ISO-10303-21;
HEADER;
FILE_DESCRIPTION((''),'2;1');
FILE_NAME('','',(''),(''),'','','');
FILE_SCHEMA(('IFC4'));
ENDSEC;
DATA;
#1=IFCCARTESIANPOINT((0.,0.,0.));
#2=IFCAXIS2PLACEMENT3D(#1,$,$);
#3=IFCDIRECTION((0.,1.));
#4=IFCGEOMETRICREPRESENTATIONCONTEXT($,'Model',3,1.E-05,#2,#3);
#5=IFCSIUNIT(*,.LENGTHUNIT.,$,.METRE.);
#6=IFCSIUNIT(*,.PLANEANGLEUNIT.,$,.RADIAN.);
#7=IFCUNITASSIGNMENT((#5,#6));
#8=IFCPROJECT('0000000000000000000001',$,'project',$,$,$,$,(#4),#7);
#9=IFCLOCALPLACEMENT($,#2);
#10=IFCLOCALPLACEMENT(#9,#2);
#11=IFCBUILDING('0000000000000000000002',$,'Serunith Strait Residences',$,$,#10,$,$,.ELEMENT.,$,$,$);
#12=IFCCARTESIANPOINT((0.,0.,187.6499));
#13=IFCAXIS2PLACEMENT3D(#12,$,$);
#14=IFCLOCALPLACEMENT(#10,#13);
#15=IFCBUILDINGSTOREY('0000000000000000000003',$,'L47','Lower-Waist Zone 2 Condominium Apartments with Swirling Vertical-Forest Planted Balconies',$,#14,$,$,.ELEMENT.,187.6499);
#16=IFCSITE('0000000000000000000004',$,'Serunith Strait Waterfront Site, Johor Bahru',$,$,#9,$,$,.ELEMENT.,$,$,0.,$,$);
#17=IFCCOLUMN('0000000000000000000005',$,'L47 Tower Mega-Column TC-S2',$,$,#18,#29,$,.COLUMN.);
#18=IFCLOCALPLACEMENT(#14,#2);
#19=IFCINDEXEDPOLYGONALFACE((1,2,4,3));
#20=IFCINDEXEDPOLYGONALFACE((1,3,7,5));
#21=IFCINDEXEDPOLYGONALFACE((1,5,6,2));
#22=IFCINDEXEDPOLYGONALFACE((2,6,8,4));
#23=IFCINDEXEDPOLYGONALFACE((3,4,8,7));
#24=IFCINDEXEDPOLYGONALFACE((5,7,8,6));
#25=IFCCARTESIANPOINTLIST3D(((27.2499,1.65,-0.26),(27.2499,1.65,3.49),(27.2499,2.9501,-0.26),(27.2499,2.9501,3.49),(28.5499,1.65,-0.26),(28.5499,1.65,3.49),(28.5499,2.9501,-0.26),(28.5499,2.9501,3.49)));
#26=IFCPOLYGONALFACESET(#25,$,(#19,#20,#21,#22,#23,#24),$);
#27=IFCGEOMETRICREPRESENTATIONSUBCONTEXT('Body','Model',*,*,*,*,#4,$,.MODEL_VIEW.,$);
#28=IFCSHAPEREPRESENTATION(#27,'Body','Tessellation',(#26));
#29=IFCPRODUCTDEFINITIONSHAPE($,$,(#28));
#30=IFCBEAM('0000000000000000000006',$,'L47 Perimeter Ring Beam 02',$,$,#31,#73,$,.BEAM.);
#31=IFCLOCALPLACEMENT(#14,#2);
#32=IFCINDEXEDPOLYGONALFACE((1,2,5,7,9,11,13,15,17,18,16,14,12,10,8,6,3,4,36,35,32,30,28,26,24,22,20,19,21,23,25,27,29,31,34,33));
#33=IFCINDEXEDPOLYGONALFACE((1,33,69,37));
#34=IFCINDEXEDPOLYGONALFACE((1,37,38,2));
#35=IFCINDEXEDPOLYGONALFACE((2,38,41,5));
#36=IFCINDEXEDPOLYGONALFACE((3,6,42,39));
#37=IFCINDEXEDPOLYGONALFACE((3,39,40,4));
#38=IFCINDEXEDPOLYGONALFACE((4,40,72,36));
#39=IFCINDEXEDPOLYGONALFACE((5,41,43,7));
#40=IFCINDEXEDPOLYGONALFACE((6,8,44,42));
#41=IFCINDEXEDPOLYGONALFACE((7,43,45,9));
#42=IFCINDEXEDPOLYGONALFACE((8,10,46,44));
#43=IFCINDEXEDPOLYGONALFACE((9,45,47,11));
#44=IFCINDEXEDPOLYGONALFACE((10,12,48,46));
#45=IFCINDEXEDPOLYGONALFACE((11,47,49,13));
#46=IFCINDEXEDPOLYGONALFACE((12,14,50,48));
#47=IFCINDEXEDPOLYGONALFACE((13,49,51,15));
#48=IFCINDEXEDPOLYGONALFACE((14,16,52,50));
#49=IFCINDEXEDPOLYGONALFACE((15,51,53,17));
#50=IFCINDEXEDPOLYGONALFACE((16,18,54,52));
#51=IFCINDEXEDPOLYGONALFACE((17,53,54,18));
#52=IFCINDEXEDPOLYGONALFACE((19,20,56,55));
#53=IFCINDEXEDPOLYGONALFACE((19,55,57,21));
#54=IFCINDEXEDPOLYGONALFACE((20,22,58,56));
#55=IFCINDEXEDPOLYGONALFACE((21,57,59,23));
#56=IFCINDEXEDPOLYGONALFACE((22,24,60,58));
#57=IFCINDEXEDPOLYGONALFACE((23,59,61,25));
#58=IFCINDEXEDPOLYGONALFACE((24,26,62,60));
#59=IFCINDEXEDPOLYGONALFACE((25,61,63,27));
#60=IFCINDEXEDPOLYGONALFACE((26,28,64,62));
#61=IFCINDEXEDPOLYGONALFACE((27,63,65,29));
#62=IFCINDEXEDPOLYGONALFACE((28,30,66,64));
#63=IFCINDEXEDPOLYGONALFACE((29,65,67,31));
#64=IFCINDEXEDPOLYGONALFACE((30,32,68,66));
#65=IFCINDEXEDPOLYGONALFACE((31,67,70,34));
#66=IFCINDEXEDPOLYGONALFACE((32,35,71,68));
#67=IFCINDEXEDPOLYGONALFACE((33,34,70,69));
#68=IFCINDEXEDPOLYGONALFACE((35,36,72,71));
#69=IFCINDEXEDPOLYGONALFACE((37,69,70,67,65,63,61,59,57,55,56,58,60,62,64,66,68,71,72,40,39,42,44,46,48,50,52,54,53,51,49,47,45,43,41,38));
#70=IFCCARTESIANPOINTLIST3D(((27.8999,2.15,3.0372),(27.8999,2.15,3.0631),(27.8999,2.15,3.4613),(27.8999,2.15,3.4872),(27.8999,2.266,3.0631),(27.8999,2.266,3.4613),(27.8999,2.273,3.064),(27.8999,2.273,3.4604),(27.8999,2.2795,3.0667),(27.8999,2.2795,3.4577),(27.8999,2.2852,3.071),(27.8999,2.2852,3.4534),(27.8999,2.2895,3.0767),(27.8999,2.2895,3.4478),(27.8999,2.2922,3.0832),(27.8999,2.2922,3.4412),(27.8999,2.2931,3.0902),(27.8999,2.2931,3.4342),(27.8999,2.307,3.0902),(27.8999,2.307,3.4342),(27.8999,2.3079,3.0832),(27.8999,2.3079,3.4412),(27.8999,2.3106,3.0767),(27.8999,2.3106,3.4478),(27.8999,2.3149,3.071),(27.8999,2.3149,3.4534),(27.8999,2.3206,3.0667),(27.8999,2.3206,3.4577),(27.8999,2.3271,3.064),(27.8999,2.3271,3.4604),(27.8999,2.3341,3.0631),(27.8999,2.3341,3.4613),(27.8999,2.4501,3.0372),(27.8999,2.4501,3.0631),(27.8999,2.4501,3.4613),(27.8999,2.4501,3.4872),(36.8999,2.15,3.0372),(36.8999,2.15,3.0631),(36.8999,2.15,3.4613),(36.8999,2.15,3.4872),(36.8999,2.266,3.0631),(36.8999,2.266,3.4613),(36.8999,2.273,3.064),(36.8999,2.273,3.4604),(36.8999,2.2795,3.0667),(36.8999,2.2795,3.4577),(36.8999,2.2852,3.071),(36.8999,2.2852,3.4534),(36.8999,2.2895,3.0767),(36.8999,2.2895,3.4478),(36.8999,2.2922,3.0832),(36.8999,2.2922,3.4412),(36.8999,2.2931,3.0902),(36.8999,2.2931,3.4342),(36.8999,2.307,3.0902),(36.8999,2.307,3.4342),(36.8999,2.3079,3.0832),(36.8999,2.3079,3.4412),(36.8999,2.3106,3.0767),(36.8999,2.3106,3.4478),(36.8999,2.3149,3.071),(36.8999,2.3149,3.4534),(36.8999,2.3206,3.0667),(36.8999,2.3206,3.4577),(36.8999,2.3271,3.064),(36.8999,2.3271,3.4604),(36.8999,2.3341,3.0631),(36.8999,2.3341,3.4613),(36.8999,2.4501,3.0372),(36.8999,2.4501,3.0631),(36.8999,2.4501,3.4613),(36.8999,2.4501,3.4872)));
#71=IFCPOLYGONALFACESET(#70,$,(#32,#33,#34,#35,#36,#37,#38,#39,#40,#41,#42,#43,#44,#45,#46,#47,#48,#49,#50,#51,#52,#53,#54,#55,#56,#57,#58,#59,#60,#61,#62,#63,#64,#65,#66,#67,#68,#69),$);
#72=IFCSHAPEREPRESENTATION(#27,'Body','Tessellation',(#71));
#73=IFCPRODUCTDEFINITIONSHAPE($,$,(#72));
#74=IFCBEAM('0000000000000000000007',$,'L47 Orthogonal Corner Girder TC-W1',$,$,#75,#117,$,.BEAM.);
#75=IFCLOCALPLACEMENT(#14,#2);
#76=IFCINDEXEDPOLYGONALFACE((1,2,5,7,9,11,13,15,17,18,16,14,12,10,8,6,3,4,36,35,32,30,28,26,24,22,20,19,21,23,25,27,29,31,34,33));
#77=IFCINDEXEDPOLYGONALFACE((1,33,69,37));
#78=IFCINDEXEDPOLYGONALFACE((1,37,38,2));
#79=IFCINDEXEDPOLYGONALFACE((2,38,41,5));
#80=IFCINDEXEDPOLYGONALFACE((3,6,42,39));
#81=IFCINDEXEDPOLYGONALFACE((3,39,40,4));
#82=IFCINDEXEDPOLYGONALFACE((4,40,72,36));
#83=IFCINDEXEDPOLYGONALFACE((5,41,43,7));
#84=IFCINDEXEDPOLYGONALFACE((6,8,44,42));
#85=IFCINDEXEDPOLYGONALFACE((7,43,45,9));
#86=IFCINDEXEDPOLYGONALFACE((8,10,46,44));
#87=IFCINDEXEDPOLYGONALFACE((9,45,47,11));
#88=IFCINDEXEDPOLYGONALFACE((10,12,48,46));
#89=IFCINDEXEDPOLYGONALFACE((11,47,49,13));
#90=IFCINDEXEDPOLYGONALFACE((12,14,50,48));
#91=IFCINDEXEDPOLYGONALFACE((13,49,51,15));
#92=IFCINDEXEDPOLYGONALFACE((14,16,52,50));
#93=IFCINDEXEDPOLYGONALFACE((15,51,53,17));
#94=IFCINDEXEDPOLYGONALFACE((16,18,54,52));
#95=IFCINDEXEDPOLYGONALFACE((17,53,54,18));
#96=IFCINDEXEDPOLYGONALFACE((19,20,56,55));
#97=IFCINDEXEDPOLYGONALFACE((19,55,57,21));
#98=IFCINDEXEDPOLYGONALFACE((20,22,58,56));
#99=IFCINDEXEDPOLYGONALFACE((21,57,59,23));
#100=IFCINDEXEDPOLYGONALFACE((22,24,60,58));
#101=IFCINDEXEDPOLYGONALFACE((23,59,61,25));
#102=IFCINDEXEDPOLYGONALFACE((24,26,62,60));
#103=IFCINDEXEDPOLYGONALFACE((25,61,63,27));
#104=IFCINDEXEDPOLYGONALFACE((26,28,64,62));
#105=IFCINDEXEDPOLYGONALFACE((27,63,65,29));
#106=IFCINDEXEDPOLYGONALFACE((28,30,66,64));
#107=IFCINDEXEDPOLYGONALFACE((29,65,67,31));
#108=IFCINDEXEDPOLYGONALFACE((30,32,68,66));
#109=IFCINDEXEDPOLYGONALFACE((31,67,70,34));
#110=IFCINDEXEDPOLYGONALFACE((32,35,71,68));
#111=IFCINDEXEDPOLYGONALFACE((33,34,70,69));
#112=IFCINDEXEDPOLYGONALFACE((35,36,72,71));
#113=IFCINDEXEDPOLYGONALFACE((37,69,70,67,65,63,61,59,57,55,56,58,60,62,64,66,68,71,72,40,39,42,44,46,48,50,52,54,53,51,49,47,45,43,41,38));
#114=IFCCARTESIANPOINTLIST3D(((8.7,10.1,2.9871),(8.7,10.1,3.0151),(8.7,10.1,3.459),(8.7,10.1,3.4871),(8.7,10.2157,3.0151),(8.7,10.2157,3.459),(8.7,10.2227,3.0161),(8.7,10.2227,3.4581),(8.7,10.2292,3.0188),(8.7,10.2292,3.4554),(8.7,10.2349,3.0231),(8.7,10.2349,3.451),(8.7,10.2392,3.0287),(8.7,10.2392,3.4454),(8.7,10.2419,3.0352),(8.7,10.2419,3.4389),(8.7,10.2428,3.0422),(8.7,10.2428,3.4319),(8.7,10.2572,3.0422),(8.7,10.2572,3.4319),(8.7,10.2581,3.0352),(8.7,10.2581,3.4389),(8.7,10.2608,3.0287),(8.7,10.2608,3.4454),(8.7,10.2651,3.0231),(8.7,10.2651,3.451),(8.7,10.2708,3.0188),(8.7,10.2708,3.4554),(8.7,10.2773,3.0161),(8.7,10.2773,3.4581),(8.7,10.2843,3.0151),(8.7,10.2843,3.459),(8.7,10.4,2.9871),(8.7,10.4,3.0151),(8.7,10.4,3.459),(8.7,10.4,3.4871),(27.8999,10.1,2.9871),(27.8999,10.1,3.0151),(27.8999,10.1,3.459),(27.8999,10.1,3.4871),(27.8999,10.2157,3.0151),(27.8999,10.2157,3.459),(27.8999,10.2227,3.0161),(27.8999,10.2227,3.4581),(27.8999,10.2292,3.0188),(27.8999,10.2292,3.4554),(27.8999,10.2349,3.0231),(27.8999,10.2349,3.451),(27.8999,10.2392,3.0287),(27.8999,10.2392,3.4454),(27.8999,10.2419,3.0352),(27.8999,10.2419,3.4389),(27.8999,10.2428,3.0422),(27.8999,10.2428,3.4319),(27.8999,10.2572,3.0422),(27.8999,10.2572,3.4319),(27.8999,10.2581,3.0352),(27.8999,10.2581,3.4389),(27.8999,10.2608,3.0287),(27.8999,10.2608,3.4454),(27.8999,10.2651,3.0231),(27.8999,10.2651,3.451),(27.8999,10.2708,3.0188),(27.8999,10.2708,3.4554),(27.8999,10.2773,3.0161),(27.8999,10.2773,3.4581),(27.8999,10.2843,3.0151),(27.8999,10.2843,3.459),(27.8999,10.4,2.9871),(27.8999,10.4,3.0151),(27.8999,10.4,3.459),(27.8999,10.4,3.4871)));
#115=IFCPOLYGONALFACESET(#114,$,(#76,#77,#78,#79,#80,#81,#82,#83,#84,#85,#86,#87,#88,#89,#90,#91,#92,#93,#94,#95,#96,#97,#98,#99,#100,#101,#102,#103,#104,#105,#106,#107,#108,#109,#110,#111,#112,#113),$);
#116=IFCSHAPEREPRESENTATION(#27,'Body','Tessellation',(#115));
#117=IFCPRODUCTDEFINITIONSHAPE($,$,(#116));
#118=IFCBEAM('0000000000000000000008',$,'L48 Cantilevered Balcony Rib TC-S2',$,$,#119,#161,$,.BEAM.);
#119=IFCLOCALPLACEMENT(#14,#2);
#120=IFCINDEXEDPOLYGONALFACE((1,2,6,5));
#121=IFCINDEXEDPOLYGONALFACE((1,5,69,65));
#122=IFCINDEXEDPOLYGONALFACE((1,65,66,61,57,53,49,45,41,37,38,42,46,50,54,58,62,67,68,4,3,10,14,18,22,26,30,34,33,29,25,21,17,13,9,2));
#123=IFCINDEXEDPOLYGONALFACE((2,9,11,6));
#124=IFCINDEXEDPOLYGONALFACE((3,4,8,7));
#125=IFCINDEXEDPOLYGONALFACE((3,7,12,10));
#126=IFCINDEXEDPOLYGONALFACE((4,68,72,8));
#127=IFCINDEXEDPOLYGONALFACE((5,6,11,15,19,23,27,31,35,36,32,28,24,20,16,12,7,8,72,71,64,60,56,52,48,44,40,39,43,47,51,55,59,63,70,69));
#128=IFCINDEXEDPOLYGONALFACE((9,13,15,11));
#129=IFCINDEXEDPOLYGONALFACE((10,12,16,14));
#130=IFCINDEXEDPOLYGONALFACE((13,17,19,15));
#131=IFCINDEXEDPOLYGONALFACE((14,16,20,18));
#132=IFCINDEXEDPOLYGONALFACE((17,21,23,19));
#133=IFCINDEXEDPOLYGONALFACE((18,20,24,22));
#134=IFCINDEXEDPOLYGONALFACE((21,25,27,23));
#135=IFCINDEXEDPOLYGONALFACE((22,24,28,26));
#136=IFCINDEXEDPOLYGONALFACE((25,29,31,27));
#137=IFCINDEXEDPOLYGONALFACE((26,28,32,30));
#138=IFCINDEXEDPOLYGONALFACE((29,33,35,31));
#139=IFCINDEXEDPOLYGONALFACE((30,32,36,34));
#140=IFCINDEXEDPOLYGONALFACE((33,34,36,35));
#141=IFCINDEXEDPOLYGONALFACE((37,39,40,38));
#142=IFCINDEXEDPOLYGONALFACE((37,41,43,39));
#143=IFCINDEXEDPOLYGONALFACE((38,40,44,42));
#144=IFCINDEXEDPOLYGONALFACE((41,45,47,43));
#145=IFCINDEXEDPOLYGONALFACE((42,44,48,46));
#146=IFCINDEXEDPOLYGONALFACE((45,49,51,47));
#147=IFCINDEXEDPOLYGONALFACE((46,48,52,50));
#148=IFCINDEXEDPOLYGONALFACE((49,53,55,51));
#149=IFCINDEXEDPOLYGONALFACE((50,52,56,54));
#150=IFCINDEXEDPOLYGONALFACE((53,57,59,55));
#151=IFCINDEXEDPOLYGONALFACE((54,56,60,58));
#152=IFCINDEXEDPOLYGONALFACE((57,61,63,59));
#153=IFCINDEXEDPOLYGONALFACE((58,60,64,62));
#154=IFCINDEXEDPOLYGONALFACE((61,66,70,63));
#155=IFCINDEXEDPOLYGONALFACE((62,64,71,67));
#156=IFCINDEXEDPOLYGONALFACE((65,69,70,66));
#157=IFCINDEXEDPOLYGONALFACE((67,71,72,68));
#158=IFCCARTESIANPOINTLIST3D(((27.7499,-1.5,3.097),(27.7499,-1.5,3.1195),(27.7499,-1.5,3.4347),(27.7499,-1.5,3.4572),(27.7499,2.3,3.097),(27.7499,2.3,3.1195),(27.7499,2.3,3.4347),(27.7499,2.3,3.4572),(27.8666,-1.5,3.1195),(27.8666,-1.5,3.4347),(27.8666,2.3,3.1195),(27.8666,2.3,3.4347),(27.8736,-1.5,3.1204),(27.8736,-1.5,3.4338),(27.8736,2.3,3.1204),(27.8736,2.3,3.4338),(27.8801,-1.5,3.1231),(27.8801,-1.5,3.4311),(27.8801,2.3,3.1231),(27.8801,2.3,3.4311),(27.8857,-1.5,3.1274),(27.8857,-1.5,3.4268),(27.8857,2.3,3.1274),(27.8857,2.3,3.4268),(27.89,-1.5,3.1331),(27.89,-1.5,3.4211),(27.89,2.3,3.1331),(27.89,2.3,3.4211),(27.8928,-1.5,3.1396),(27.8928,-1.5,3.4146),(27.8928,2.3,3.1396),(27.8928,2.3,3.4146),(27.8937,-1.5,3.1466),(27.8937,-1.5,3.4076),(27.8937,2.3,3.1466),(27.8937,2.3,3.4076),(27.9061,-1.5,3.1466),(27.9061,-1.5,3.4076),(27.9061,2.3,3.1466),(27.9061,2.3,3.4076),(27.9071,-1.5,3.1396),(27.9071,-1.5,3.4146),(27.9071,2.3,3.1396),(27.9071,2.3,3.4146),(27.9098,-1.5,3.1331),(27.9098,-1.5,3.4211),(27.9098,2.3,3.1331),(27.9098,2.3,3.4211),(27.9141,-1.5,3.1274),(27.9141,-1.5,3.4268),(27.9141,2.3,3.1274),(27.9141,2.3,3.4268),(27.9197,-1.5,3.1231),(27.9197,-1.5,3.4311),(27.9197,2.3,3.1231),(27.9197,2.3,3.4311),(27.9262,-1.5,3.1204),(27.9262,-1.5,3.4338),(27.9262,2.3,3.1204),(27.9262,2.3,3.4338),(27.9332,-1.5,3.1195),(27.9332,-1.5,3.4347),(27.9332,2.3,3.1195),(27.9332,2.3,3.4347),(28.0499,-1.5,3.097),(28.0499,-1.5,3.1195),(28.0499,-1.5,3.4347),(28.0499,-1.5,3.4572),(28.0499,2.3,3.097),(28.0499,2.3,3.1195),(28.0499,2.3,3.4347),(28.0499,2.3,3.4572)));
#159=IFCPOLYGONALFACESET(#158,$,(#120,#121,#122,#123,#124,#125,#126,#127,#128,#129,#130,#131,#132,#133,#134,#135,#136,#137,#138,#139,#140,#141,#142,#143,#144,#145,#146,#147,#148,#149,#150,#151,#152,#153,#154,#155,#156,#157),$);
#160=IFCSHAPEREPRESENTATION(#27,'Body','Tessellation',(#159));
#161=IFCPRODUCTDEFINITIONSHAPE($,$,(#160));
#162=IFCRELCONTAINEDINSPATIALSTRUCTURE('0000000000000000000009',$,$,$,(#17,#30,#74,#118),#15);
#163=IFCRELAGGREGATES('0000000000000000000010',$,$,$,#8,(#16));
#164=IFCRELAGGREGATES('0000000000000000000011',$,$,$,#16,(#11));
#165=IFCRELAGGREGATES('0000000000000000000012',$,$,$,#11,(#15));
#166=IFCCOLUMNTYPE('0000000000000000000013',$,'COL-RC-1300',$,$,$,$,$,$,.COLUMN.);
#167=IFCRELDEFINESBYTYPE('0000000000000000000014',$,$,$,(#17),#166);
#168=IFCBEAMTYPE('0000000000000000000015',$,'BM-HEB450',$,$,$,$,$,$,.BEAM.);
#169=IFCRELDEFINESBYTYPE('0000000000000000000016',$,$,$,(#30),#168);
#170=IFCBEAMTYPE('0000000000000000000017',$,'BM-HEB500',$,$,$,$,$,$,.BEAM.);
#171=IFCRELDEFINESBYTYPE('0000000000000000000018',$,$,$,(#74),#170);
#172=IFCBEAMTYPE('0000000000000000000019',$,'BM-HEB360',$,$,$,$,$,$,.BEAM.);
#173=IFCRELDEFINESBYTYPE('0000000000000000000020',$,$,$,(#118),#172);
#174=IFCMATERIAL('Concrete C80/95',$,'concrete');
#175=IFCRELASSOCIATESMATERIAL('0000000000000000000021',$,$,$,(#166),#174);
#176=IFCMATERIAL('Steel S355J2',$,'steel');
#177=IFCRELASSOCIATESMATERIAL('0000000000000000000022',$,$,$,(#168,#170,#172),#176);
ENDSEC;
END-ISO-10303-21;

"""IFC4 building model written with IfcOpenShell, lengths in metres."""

from ifc_helpers import new_model, si_unit, direction, frame, origin, origin_2d, place, context, subcontext, project, spatial, rectangle, i_section, extrude, source, transform, mapped, material, material_profile, profile_set, type_object, element, save


model = new_model("IFC4")

# Units and contexts
model_context = context("Model", 3, precision=1e-05, world=origin(), true_north=direction((0.0, 1.0)))
body_context = subcontext(model_context, "Body", "Model", "MODEL_VIEW")
ifc_project = project(units=[si_unit("LENGTHUNIT", "METRE"), si_unit("PLANEANGLEUNIT", "RADIAN")], contexts=[model_context])

# Site, building, storey
site_placement = place(None, origin())
site = spatial("IfcSite", under=ifc_project, at=site_placement, Name="Serunith Strait Waterfront Site, Johor Bahru", CompositionType="ELEMENT", RefElevation=0.0)
building_placement = place(site_placement, origin())
building = spatial("IfcBuilding", under=site, at=building_placement, Name="Serunith Strait Residences", CompositionType="ELEMENT")
storey_placement = place(building_placement, frame((0.0, 0.0, 187.6499)))
storey = spatial("IfcBuildingStorey", under=building, at=storey_placement, Name="L47", Description="Lower-Waist Zone 2 Condominium Apartments with Swirling Vertical-Forest Planted Balconies", CompositionType="ELEMENT", Elevation=187.6499)

# Column
ifc_material_1 = material(Name="Concrete C80/95", Category="concrete")
ifc_material_profile_1 = material_profile(ifc_material_1, rectangle(XDim=1.3, YDim=1.3, at=origin_2d()), Name="RC 1300x1300")
ifc_profile_set_1 = profile_set([ifc_material_profile_1], Name="Concrete C80/95")
column_type = type_object("IfcColumnType", Name="COL-RC-1300", PredefinedType="COLUMN", material=ifc_profile_set_1)
shared_shape_1 = source(origin(), body_context, "Body", "SweptSolid", [
    extrude(rectangle(XDim=1.3, YDim=1.3, at=origin_2d()), origin(), (0.0, 0.0, 1.0), 3.75),
])
column_placement = place(storey_placement, frame((27.8999, 2.3, -0.26), z_axis=(0.0, 0.0, 1.0), x_axis=(1.0, 0.0, 0.0)))
element("IfcColumn", 1, at=column_placement, inside=storey, type_object=column_type, Name="L47 Tower Mega-Column TC-S2", PredefinedType="COLUMN", context=body_context, shape_type="MappedRepresentation", body=[
    mapped(shared_shape_1, transform((0.0, 0.0, 0.0), scale=1.0)),
])

# Beams
ifc_material_2 = material(Name="Steel S355J2", Category="steel")
ifc_material_profile_2 = material_profile(ifc_material_2, i_section(OverallWidth=0.3, OverallDepth=0.45, WebThickness=0.0139, FlangeThickness=0.0259, FilletRadius=0.0271, at=origin_2d()), Name="HEB 450")
ifc_profile_set_2 = profile_set([ifc_material_profile_2], Name="Steel S355J2")
beam_type_1 = type_object("IfcBeamType", Name="BM-HEB450", PredefinedType="BEAM", material=ifc_profile_set_2)
shared_shape_2 = source(origin(), body_context, "Body", "SweptSolid", [
    extrude(i_section(OverallWidth=0.3, OverallDepth=0.45, WebThickness=0.0139, FlangeThickness=0.0259, FilletRadius=0.0271, at=origin_2d()), origin(), (0.0, 0.0, 1.0), 9.0),
])
beam_1_placement = place(storey_placement, frame((27.8999, 2.3, 3.2622), z_axis=(1.0, 0.0, 0.0), x_axis=(0.0, 1.0, 0.0)))
element("IfcBeam", 2, at=beam_1_placement, inside=storey, type_object=beam_type_1, Name="L47 Perimeter Ring Beam 02", PredefinedType="BEAM", context=body_context, shape_type="MappedRepresentation", body=[
    mapped(shared_shape_2, transform((0.0, 0.0, 0.0), scale=1.0)),
])
ifc_material_profile_3 = material_profile(ifc_material_2, i_section(OverallWidth=0.3, OverallDepth=0.5, WebThickness=0.0144, FlangeThickness=0.0281, FilletRadius=0.0271, at=origin_2d()), Name="HEB 500")
ifc_profile_set_3 = profile_set([ifc_material_profile_3], Name="Steel S355J2")
beam_type_2 = type_object("IfcBeamType", Name="BM-HEB500", PredefinedType="BEAM", material=ifc_profile_set_3)
shared_shape_3 = source(origin(), body_context, "Body", "SweptSolid", [
    extrude(i_section(OverallWidth=0.3, OverallDepth=0.5, WebThickness=0.0144, FlangeThickness=0.0281, FilletRadius=0.0271, at=origin_2d()), origin(), (0.0, 0.0, 1.0), 19.2),
])
beam_2_placement = place(storey_placement, frame((27.8999, 10.25, 3.2371), z_axis=(-1.0, 0.0, 0.0), x_axis=(0.0, -1.0, 0.0)))
element("IfcBeam", 3, at=beam_2_placement, inside=storey, type_object=beam_type_2, Name="L47 Orthogonal Corner Girder TC-W1", PredefinedType="BEAM", context=body_context, shape_type="MappedRepresentation", body=[
    mapped(shared_shape_3, transform((0.0, 0.0, 0.0), scale=1.0)),
])
ifc_material_profile_4 = material_profile(ifc_material_2, i_section(OverallWidth=0.3, OverallDepth=0.3601, WebThickness=0.0125, FlangeThickness=0.0225, FilletRadius=0.0271, at=origin_2d()), Name="HEB 360")
ifc_profile_set_4 = profile_set([ifc_material_profile_4], Name="Steel S355J2")
beam_type_3 = type_object("IfcBeamType", Name="BM-HEB360", PredefinedType="BEAM", material=ifc_profile_set_4)
shared_shape_4 = source(origin(), body_context, "Body", "SweptSolid", [
    extrude(i_section(OverallWidth=0.3, OverallDepth=0.3601, WebThickness=0.0125, FlangeThickness=0.0225, FilletRadius=0.0271, at=origin_2d()), origin(), (0.0, 0.0, 1.0), 3.8),
])
beam_3_placement = place(storey_placement, frame((27.8999, 2.3, 3.2771), z_axis=(0.0, -1.0, 0.0), x_axis=(1.0, 0.0, 0.0)))
element("IfcBeam", 4, at=beam_3_placement, inside=storey, type_object=beam_type_3, Name="L48 Cantilevered Balcony Rib TC-S2", PredefinedType="BEAM", context=body_context, shape_type="MappedRepresentation", body=[
    mapped(shared_shape_4, transform((0.0, 0.0, 0.0), scale=1.0)),
])

save(model, "model.ifc")
